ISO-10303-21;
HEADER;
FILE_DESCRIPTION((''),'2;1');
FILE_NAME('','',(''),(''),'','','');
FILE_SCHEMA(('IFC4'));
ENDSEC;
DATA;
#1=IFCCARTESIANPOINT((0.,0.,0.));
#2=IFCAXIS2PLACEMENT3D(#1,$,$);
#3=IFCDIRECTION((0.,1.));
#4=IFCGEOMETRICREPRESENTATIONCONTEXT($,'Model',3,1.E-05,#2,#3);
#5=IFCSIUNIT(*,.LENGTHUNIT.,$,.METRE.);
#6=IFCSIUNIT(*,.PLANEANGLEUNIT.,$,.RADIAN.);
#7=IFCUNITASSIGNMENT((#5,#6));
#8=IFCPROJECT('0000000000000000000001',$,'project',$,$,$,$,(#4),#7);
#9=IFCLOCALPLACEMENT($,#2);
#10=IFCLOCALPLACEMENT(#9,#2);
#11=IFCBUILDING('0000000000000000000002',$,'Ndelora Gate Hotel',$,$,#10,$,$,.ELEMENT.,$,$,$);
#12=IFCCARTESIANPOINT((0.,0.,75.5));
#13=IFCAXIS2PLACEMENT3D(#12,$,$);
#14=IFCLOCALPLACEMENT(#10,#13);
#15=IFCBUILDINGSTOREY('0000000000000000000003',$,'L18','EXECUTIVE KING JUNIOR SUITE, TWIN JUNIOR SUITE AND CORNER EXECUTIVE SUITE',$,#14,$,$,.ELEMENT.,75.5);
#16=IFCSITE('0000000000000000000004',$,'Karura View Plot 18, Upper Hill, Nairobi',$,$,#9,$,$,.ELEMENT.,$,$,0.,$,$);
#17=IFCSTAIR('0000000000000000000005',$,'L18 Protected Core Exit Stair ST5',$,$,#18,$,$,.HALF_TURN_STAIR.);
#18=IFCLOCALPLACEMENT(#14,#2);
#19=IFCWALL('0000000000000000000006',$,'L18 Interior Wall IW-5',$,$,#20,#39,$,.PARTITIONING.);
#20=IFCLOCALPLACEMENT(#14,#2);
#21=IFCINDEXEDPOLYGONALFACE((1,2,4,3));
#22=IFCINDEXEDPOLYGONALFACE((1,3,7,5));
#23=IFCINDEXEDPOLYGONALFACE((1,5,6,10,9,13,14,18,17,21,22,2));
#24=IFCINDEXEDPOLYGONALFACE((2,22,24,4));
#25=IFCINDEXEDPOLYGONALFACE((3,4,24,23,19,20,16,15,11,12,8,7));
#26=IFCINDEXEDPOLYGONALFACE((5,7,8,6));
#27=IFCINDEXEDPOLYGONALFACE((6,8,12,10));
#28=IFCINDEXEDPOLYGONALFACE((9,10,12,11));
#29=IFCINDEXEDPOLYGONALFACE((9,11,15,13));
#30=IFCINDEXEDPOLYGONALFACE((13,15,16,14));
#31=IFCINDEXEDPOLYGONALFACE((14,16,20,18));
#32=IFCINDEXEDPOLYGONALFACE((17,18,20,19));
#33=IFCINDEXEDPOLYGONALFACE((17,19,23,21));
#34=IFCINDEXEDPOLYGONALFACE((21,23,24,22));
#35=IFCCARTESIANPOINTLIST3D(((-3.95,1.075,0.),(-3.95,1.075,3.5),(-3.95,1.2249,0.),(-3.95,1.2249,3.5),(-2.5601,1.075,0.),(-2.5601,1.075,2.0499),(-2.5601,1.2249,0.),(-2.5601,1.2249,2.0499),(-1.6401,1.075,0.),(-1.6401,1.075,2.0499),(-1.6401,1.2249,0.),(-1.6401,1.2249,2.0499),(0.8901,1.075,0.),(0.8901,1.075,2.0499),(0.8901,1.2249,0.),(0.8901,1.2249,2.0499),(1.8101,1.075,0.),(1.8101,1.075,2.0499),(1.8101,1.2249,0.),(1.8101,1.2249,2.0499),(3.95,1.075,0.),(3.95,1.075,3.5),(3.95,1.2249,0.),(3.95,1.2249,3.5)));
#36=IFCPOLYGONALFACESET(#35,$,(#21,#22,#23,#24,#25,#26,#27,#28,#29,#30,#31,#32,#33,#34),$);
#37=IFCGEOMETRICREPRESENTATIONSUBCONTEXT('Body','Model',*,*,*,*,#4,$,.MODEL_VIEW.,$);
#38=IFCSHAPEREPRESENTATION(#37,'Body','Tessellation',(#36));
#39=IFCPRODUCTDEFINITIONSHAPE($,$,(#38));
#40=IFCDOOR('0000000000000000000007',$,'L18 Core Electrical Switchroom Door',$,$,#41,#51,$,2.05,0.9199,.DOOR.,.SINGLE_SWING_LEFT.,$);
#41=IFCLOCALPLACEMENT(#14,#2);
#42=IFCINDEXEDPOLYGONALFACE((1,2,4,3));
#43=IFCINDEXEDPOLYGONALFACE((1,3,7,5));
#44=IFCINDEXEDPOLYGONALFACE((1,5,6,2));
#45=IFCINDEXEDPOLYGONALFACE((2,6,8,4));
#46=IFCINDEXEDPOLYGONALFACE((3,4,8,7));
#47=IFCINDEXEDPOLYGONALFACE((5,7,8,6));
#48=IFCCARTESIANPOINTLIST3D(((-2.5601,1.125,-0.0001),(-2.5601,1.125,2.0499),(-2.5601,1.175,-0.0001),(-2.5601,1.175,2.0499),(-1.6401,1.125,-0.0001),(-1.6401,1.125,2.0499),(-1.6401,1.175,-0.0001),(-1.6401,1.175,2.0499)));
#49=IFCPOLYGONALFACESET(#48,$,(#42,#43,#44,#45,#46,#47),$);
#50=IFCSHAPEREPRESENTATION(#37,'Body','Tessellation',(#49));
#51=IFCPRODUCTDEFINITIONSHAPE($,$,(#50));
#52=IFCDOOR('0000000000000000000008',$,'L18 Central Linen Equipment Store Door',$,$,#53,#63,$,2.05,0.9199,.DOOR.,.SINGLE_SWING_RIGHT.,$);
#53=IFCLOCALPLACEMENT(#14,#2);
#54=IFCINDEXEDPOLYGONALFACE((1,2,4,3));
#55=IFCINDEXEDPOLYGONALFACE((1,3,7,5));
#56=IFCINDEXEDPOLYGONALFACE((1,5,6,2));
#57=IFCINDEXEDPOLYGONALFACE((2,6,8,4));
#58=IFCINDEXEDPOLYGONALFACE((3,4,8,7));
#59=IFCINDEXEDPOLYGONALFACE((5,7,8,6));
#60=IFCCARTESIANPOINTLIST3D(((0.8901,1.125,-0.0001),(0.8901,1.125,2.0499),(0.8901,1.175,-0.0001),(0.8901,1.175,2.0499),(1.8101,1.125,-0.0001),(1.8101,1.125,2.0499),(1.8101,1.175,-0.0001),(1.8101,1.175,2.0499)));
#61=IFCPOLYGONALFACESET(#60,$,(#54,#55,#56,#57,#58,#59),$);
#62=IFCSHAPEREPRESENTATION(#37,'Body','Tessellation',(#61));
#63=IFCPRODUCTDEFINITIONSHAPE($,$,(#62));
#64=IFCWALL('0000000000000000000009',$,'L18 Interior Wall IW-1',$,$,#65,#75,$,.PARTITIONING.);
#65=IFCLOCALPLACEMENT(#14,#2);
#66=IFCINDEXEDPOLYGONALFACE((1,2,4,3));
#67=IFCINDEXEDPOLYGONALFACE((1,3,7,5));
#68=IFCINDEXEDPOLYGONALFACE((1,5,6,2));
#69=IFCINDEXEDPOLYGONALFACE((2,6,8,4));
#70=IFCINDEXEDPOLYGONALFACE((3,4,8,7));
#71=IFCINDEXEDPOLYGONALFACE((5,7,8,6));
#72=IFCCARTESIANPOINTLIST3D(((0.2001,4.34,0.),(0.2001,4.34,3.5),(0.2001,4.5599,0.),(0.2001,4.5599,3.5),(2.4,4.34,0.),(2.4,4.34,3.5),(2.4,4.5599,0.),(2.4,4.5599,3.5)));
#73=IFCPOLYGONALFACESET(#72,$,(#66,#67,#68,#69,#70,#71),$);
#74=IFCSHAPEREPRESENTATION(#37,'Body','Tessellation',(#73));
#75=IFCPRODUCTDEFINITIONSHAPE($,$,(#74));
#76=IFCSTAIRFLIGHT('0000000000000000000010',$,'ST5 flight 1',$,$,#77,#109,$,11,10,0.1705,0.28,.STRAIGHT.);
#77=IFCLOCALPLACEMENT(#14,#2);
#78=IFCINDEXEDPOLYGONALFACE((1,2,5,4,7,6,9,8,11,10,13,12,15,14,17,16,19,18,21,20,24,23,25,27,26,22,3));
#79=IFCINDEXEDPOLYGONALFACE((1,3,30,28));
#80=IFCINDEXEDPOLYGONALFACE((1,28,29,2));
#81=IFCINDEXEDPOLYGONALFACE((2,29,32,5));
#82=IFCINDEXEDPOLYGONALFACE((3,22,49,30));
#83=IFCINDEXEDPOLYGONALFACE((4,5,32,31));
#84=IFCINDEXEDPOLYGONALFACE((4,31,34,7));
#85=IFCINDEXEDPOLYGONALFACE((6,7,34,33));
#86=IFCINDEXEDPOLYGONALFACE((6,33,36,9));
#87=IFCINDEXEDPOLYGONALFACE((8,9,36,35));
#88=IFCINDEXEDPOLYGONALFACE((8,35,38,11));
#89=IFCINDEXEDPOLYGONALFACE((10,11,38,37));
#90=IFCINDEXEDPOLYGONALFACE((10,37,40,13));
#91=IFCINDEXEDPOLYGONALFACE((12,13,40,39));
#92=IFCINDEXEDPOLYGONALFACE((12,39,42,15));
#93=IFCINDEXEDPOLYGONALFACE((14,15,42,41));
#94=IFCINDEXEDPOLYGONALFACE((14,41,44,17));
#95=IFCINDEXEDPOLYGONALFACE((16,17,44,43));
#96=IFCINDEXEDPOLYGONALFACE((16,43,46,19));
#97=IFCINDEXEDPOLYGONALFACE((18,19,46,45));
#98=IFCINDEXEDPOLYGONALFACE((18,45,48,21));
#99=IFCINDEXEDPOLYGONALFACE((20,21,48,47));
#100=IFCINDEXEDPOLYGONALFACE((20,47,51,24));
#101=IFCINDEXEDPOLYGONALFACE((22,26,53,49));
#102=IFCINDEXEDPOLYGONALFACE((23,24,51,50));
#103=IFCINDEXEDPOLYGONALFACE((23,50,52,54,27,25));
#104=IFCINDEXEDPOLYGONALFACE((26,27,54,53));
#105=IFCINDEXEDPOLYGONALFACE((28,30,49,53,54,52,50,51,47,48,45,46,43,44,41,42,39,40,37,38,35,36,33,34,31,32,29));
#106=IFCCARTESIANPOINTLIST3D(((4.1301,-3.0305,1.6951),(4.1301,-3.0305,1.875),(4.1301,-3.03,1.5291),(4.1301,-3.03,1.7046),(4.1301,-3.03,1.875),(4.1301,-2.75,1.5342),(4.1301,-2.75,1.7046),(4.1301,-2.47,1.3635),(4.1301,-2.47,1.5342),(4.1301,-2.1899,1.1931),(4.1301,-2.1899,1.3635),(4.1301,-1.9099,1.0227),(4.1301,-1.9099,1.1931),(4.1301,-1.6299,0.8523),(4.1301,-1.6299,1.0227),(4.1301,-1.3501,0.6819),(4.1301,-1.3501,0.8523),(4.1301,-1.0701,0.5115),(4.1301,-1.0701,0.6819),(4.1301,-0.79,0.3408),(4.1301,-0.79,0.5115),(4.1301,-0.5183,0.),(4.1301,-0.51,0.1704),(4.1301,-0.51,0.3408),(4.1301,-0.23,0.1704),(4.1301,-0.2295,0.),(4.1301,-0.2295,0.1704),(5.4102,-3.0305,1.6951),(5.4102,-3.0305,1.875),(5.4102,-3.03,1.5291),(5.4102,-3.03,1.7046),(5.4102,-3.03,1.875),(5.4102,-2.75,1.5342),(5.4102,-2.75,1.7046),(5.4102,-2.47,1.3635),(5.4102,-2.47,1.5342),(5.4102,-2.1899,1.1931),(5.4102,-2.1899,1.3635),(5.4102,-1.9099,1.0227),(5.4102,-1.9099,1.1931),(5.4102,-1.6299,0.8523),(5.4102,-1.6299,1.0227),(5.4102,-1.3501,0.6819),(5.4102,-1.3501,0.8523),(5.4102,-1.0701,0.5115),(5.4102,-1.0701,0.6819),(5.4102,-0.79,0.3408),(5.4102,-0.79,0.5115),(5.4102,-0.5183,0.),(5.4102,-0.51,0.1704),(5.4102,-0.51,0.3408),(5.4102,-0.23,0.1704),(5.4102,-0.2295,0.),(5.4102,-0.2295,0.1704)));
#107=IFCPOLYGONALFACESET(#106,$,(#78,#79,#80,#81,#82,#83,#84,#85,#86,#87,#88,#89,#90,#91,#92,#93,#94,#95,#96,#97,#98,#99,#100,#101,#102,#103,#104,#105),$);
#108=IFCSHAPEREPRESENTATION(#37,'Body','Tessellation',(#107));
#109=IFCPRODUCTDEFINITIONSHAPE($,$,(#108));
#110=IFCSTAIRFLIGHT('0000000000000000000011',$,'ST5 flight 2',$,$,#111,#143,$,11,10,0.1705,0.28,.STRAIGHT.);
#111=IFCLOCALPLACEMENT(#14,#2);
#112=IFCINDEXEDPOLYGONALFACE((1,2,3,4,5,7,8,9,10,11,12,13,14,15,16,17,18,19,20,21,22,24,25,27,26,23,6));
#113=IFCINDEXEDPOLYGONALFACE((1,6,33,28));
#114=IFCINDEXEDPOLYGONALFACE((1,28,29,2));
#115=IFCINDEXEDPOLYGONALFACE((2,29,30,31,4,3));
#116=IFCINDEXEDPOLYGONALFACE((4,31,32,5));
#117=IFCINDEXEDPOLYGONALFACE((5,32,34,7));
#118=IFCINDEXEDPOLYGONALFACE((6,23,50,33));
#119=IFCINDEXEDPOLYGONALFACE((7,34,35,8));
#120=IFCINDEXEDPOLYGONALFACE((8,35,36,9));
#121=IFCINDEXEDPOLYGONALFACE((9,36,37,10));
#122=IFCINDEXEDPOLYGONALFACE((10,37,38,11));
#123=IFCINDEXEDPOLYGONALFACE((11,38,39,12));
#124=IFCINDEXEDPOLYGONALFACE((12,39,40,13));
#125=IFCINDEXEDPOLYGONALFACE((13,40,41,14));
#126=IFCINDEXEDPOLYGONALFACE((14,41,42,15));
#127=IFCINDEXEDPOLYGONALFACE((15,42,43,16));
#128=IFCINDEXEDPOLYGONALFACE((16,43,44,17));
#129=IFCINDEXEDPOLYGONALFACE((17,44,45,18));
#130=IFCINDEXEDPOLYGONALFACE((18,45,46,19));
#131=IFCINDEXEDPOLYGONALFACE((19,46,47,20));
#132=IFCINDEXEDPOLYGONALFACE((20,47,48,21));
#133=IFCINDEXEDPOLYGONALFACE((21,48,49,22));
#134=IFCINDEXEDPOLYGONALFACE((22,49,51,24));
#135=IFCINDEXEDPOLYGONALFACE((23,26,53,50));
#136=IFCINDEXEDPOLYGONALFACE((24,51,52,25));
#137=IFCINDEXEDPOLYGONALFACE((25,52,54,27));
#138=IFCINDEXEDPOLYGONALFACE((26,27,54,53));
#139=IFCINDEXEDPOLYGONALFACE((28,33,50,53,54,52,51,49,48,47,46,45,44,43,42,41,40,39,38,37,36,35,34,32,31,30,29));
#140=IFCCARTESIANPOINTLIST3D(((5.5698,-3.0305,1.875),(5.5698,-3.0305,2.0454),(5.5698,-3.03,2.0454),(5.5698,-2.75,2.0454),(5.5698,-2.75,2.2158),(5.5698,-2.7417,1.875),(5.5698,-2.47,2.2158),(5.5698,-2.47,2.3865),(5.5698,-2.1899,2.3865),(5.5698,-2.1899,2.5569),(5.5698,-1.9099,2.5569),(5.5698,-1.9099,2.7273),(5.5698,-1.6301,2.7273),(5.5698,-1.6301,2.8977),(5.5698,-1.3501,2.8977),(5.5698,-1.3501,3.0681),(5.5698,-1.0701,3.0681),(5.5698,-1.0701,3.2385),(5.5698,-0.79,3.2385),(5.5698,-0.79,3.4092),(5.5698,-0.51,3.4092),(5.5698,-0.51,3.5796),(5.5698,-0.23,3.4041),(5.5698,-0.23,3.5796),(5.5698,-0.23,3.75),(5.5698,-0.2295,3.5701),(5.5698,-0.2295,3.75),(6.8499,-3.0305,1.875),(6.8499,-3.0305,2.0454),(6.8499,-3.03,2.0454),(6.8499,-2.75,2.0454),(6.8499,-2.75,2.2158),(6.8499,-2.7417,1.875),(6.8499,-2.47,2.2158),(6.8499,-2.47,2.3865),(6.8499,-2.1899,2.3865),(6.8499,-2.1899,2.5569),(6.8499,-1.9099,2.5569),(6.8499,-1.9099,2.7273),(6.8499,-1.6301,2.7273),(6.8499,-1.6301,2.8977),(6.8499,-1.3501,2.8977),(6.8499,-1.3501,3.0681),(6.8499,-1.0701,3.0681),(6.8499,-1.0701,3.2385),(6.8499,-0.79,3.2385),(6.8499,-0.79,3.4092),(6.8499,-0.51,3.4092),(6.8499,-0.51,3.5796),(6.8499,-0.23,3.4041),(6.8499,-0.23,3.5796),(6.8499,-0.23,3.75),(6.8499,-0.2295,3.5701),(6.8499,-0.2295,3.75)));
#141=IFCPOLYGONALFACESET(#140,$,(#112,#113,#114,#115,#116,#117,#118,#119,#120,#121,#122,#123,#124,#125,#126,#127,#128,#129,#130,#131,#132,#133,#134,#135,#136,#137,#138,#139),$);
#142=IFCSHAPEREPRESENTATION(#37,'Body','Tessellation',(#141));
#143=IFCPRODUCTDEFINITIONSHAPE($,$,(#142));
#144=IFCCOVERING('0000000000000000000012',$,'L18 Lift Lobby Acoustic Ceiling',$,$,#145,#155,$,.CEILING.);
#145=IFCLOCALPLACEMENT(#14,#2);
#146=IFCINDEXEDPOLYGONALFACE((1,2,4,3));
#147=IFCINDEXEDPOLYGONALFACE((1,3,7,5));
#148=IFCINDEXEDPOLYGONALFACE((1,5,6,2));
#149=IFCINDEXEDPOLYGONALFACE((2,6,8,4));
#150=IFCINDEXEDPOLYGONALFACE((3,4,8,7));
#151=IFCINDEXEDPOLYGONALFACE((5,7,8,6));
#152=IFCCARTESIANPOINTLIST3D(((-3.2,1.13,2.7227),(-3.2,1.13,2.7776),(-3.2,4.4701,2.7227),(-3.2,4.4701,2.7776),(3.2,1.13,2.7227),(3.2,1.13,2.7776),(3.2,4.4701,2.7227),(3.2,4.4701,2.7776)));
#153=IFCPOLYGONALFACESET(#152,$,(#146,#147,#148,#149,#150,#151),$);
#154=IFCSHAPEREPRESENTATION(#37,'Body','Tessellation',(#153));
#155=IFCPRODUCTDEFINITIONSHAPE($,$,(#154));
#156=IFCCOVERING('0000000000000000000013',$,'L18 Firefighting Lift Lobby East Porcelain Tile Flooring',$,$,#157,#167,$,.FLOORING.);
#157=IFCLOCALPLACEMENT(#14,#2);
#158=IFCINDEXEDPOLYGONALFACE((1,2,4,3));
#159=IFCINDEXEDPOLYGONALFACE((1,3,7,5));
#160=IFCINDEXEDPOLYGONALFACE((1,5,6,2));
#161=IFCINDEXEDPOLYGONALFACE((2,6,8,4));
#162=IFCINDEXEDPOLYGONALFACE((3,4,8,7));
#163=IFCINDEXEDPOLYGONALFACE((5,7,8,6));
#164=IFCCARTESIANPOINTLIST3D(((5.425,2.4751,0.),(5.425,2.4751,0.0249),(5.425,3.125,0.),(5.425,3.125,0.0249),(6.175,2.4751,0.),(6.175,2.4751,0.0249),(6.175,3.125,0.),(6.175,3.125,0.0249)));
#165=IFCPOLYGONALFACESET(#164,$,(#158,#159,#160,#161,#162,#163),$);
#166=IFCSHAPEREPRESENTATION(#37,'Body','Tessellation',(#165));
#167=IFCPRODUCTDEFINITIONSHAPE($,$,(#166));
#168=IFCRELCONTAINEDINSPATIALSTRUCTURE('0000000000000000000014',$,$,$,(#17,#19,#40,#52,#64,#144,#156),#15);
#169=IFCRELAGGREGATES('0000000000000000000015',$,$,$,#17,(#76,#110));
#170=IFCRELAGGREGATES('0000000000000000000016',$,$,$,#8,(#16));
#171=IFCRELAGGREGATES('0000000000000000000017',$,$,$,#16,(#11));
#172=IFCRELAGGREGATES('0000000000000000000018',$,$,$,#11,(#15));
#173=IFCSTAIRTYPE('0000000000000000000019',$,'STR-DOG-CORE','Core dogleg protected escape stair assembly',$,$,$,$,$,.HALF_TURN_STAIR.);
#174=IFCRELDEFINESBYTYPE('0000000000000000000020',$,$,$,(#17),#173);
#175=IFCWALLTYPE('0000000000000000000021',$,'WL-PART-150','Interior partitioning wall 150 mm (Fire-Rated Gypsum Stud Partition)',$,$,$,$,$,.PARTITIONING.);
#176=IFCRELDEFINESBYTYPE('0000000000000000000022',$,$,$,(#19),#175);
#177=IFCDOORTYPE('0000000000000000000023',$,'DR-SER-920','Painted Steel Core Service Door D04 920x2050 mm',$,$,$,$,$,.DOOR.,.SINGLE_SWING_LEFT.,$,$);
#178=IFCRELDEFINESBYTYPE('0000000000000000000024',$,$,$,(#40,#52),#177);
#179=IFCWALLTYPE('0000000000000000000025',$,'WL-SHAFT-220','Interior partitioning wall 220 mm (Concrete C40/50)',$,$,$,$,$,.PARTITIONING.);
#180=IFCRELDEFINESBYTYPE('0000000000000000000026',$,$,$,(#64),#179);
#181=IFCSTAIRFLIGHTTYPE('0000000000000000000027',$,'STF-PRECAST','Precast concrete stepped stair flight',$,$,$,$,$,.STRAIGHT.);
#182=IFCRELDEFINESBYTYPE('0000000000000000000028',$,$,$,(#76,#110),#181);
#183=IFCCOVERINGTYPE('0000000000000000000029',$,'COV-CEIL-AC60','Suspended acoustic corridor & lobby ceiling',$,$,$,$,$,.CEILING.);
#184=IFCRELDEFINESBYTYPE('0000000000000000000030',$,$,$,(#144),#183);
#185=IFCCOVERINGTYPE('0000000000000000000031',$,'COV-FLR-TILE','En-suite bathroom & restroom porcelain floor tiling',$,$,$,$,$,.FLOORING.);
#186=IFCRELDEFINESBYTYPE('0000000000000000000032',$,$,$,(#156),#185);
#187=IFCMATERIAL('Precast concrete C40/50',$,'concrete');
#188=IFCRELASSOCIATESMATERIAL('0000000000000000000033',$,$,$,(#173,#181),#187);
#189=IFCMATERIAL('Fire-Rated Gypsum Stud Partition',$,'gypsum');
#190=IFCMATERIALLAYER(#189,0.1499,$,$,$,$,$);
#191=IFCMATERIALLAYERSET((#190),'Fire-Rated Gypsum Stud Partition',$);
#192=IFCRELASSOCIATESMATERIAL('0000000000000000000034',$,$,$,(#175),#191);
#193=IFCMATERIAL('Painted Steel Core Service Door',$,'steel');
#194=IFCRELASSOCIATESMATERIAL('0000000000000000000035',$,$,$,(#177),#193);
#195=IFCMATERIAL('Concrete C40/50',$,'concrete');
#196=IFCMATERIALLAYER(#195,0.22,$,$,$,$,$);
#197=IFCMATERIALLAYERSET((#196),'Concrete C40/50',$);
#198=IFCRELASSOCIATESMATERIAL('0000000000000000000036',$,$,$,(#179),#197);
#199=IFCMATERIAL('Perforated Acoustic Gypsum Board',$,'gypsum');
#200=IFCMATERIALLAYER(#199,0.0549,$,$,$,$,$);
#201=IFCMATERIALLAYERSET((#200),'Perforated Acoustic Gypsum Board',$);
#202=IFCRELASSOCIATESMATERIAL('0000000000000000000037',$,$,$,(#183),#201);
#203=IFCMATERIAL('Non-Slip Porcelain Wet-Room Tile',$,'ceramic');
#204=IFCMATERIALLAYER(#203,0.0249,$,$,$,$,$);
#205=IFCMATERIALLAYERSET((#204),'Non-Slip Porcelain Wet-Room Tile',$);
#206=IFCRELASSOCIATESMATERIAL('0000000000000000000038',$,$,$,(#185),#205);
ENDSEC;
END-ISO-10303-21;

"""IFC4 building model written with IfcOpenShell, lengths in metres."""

from ifc_helpers import new_model, si_unit, direction, frame, frame_2d, origin, origin_2d, place, context, subcontext, project, spatial, polyline, rectangle, outline, extrude, material, layer, layer_set, type_object, element, fill, aggregate, save


model = new_model("IFC4")

# Units and contexts
model_context = context("Model", 3, precision=1e-05, world=origin(), true_north=direction((0.0, 1.0)))
body_context = subcontext(model_context, "Body", "Model", "MODEL_VIEW")
ifc_project = project(units=[si_unit("LENGTHUNIT", "METRE"), si_unit("PLANEANGLEUNIT", "RADIAN")], contexts=[model_context])

# Site, building, storey
site_placement = place(None, origin())
site = spatial("IfcSite", under=ifc_project, at=site_placement, Name="Karura View Plot 18, Upper Hill, Nairobi", CompositionType="ELEMENT", RefElevation=0.0)
building_placement = place(site_placement, origin())
building = spatial("IfcBuilding", under=site, at=building_placement, Name="Ndelora Gate Hotel", CompositionType="ELEMENT")
storey_placement = place(building_placement, frame((0.0, 0.0, 75.5)))
storey = spatial("IfcBuildingStorey", under=building, at=storey_placement, Name="L18", Description="EXECUTIVE KING JUNIOR SUITE, TWIN JUNIOR SUITE AND CORNER EXECUTIVE SUITE", CompositionType="ELEMENT", Elevation=75.5)

# Stair
ifc_material_1 = material(Name="Precast concrete C40/50", Category="concrete")
stair_type = type_object("IfcStairType", Name="STR-DOG-CORE", Description="Core dogleg protected escape stair assembly", PredefinedType="HALF_TURN_STAIR", material=ifc_material_1)
stair_1_placement = place(storey_placement, origin())
stair_1 = element("IfcStair", 1, at=stair_1_placement, inside=storey, type_object=stair_type, Name="L18 Protected Core Exit Stair ST5", PredefinedType="HALF_TURN_STAIR")

# Shared definitions
ifc_material_2 = material(Name="Concrete C40/50", Category="concrete")

# Wall, openings, doors
ifc_material_3 = material(Name="Fire-Rated Gypsum Stud Partition", Category="gypsum")
ifc_layer_1 = layer(ifc_material_3, 0.1499)
ifc_layer_set_1 = layer_set([ifc_layer_1], Name="Fire-Rated Gypsum Stud Partition")
wall_type_1 = type_object("IfcWallType", Name="WL-PART-150", Description="Interior partitioning wall 150 mm (Fire-Rated Gypsum Stud Partition)", PredefinedType="PARTITIONING", material=ifc_layer_set_1)
wall_1_placement = place(storey_placement, frame((3.95, 1.1499, 0.0), z_axis=(0.0, 0.0, 1.0), x_axis=(-1.0, 0.0, 0.0)))
wall_1 = element("IfcWall", 2, at=wall_1_placement, inside=storey, type_object=wall_type_1, Name="L18 Interior Wall IW-5", PredefinedType="PARTITIONING", context=body_context, shape_type="SweptSolid", body=[
    extrude(rectangle(XDim=7.8999, YDim=0.1499, at=frame_2d((3.95, 0.0))), origin(), (0.0, 0.0, 1.0), 3.5),
])
opening_1_placement = place(wall_1_placement, frame((5.5901, 0.0, 0.0)))
opening_1 = element("IfcOpeningElement", 3, at=opening_1_placement, cuts=wall_1, PredefinedType="OPENING", context=body_context, shape_type="SweptSolid", body=[
    extrude(rectangle(XDim=0.9199, YDim=2.05, at=frame_2d((0.46, 1.0249))), frame((0.0, 0.085, 0.0), z_axis=(0.0, -1.0, 0.0), x_axis=(1.0, 0.0, 0.0)), (0.0, 0.0, 1.0), 0.1699),
])
opening_2_placement = place(wall_1_placement, frame((2.1399, 0.0, 0.0)))
opening_2 = element("IfcOpeningElement", 4, at=opening_2_placement, cuts=wall_1, PredefinedType="OPENING", context=body_context, shape_type="SweptSolid", body=[
    extrude(rectangle(XDim=0.9199, YDim=2.05, at=frame_2d((0.46, 1.0249))), frame((0.0, 0.085, 0.0), z_axis=(0.0, -1.0, 0.0), x_axis=(1.0, 0.0, 0.0)), (0.0, 0.0, 1.0), 0.1699),
])
ifc_material_4 = material(Name="Painted Steel Core Service Door", Category="steel")
door_type_1 = type_object("IfcDoorType", Name="DR-SER-920", Description="Painted Steel Core Service Door D04 920x2050 mm", OperationType="SINGLE_SWING_LEFT", PredefinedType="DOOR", material=ifc_material_4)
door_1_placement = place(opening_1_placement, origin())
door_1 = element("IfcDoor", 5, at=door_1_placement, inside=storey, type_object=door_type_1, Name="L18 Core Electrical Switchroom Door", OperationType="SINGLE_SWING_LEFT", OverallHeight=2.05, OverallWidth=0.9199, PredefinedType="DOOR", context=body_context, shape_type="SweptSolid", body=[
    extrude(rectangle(XDim=0.9199, YDim=2.05, at=frame_2d((0.46, 1.0249))), frame((0.0, 0.0249, 0.0), z_axis=(0.0, -1.0, 0.0), x_axis=(1.0, 0.0, 0.0)), (0.0, 0.0, 1.0), 0.05),
])
fill(opening_1, door_1)
door_2_placement = place(opening_2_placement, origin())
door_2 = element("IfcDoor", 6, at=door_2_placement, inside=storey, type_object=door_type_1, Name="L18 Central Linen Equipment Store Door", OperationType="SINGLE_SWING_RIGHT", OverallHeight=2.05, OverallWidth=0.9199, PredefinedType="DOOR", context=body_context, shape_type="SweptSolid", body=[
    extrude(rectangle(XDim=0.9199, YDim=2.05, at=frame_2d((0.46, 1.0249))), frame((0.0, 0.0249, 0.0), z_axis=(0.0, -1.0, 0.0), x_axis=(1.0, 0.0, 0.0)), (0.0, 0.0, 1.0), 0.05),
])
fill(opening_2, door_2)

# Wall
ifc_layer_2 = layer(ifc_material_2, 0.22)
ifc_layer_set_2 = layer_set([ifc_layer_2], Name="Concrete C40/50")
wall_type_2 = type_object("IfcWallType", Name="WL-SHAFT-220", Description="Interior partitioning wall 220 mm (Concrete C40/50)", PredefinedType="PARTITIONING", material=ifc_layer_set_2)
wall_2_placement = place(storey_placement, frame((0.2, 4.45, 0.0), z_axis=(0.0, 0.0, 1.0), x_axis=(1.0, 0.0, 0.0)))
element("IfcWall", 7, at=wall_2_placement, inside=storey, type_object=wall_type_2, Name="L18 Interior Wall IW-1", PredefinedType="PARTITIONING", context=body_context, shape_type="SweptSolid", body=[
    extrude(rectangle(XDim=2.2, YDim=0.22, at=frame_2d((1.1001, 0.0))), origin(), (0.0, 0.0, 1.0), 3.5),
])

# Stair flights
stair_flight_type = type_object("IfcStairFlightType", Name="STF-PRECAST", Description="Precast concrete stepped stair flight", PredefinedType="STRAIGHT", material=ifc_material_1)
stair_flight_1_placement = place(storey_placement, frame((4.77, -0.23, 0.0), z_axis=(0.0, 0.0, 1.0), x_axis=(0.0, -1.0, 0.0)))
stair_flight_1 = element("IfcStairFlight", 8, at=stair_flight_1_placement, type_object=stair_flight_type, Name="ST5 flight 1", NumberOfRisers=11, NumberOfTreads=10, PredefinedType="STRAIGHT", RiserHeight=0.1705, TreadLength=0.28, context=body_context, shape_type="SweptSolid", body=[
    extrude(outline(polyline([(-0.0005, 0.0), (-0.0005, 0.1704), (0.0, 0.1704), (0.28, 0.1704), (0.28, 0.3408), (0.5601, 0.3408), (0.5601, 0.5115), (0.8401, 0.5115), (0.8401, 0.6819), (1.1201, 0.6819), (1.1201, 0.8523), (1.3999, 0.8523), (1.3999, 1.0227), (1.6799, 1.0227), (1.6799, 1.1931), (1.96, 1.1931), (1.96, 1.3635), (2.24, 1.3635), (2.24, 1.5342), (2.52, 1.5342), (2.52, 1.7046), (2.8, 1.7046), (2.8, 1.875), (2.8005, 1.875), (2.8005, 1.6951), (2.8, 1.5291), (0.2883, 0.0), (-0.0005, 0.0)])), frame((0.0, 0.6401, 0.0), z_axis=(0.0, -1.0, 0.0), x_axis=(1.0, 0.0, 0.0)), (0.0, 0.0, 1.0), 1.28),
])
stair_flight_2_placement = place(storey_placement, frame((6.21, -3.03, 1.875), z_axis=(0.0, 0.0, 1.0), x_axis=(0.0, 1.0, 0.0)))
stair_flight_2 = element("IfcStairFlight", 9, at=stair_flight_2_placement, type_object=stair_flight_type, Name="ST5 flight 2", NumberOfRisers=11, NumberOfTreads=10, PredefinedType="STRAIGHT", RiserHeight=0.1705, TreadLength=0.28, context=body_context, shape_type="SweptSolid", body=[
    extrude(outline(polyline([(-0.0005, 0.0), (-0.0005, 0.1704), (0.0, 0.1704), (0.28, 0.1704), (0.28, 0.3408), (0.5601, 0.3408), (0.5601, 0.5115), (0.8401, 0.5115), (0.8401, 0.6819), (1.1201, 0.6819), (1.1201, 0.8523), (1.3999, 0.8523), (1.3999, 1.0227), (1.6799, 1.0227), (1.6799, 1.1931), (1.96, 1.1931), (1.96, 1.3635), (2.24, 1.3635), (2.24, 1.5342), (2.52, 1.5342), (2.52, 1.7046), (2.8, 1.7046), (2.8, 1.875), (2.8005, 1.875), (2.8005, 1.6951), (2.8, 1.5291), (0.2883, 0.0), (-0.0005, 0.0)])), frame((0.0, 0.6401, 0.0), z_axis=(0.0, -1.0, 0.0), x_axis=(1.0, 0.0, 0.0)), (0.0, 0.0, 1.0), 1.28),
])
aggregate(stair_1, [stair_flight_1, stair_flight_2])

# Coverings
ifc_material_5 = material(Name="Perforated Acoustic Gypsum Board", Category="gypsum")
ifc_layer_3 = layer(ifc_material_5, 0.0549)
ifc_layer_set_3 = layer_set([ifc_layer_3], Name="Perforated Acoustic Gypsum Board")
covering_type_1 = type_object("IfcCoveringType", Name="COV-CEIL-AC60", Description="Suspended acoustic corridor & lobby ceiling", PredefinedType="CEILING", material=ifc_layer_set_3)
covering_placement = place(storey_placement, frame((0.0, 2.8, 2.7227), z_axis=(0.0, 0.0, 1.0), x_axis=(1.0, 0.0, 0.0)))
element("IfcCovering", 10, at=covering_placement, inside=storey, type_object=covering_type_1, Name="L18 Lift Lobby Acoustic Ceiling", PredefinedType="CEILING", context=body_context, shape_type="SweptSolid", body=[
    extrude(rectangle(XDim=6.3999, YDim=3.3401, at=origin_2d()), origin(), (0.0, 0.0, 1.0), 0.0549),
])
ifc_material_6 = material(Name="Non-Slip Porcelain Wet-Room Tile", Category="ceramic")
ifc_layer_4 = layer(ifc_material_6, 0.0249)
ifc_layer_set_4 = layer_set([ifc_layer_4], Name="Non-Slip Porcelain Wet-Room Tile")
covering_type_2 = type_object("IfcCoveringType", Name="COV-FLR-TILE", Description="En-suite bathroom & restroom porcelain floor tiling", PredefinedType="FLOORING", material=ifc_layer_set_4)
for number, where, z_axis, x_axis, name in (
    (11, (5.8, 2.8, 0.0), (0.0, 0.0, 1.0), (1.0, 0.0, 0.0), "L18 Firefighting Lift Lobby East Porcelain Tile Flooring"),
):
    element("IfcCovering", number, at=place(storey_placement, frame(where, z_axis=z_axis, x_axis=x_axis)), inside=storey, type_object=covering_type_2, Name=name, PredefinedType="FLOORING", context=body_context, shape_type="SweptSolid", body=[
        extrude(rectangle(XDim=0.75, YDim=0.6499, at=origin_2d()), origin(), (0.0, 0.0, 1.0), 0.0249),
    ])

save(model, "model.ifc")
